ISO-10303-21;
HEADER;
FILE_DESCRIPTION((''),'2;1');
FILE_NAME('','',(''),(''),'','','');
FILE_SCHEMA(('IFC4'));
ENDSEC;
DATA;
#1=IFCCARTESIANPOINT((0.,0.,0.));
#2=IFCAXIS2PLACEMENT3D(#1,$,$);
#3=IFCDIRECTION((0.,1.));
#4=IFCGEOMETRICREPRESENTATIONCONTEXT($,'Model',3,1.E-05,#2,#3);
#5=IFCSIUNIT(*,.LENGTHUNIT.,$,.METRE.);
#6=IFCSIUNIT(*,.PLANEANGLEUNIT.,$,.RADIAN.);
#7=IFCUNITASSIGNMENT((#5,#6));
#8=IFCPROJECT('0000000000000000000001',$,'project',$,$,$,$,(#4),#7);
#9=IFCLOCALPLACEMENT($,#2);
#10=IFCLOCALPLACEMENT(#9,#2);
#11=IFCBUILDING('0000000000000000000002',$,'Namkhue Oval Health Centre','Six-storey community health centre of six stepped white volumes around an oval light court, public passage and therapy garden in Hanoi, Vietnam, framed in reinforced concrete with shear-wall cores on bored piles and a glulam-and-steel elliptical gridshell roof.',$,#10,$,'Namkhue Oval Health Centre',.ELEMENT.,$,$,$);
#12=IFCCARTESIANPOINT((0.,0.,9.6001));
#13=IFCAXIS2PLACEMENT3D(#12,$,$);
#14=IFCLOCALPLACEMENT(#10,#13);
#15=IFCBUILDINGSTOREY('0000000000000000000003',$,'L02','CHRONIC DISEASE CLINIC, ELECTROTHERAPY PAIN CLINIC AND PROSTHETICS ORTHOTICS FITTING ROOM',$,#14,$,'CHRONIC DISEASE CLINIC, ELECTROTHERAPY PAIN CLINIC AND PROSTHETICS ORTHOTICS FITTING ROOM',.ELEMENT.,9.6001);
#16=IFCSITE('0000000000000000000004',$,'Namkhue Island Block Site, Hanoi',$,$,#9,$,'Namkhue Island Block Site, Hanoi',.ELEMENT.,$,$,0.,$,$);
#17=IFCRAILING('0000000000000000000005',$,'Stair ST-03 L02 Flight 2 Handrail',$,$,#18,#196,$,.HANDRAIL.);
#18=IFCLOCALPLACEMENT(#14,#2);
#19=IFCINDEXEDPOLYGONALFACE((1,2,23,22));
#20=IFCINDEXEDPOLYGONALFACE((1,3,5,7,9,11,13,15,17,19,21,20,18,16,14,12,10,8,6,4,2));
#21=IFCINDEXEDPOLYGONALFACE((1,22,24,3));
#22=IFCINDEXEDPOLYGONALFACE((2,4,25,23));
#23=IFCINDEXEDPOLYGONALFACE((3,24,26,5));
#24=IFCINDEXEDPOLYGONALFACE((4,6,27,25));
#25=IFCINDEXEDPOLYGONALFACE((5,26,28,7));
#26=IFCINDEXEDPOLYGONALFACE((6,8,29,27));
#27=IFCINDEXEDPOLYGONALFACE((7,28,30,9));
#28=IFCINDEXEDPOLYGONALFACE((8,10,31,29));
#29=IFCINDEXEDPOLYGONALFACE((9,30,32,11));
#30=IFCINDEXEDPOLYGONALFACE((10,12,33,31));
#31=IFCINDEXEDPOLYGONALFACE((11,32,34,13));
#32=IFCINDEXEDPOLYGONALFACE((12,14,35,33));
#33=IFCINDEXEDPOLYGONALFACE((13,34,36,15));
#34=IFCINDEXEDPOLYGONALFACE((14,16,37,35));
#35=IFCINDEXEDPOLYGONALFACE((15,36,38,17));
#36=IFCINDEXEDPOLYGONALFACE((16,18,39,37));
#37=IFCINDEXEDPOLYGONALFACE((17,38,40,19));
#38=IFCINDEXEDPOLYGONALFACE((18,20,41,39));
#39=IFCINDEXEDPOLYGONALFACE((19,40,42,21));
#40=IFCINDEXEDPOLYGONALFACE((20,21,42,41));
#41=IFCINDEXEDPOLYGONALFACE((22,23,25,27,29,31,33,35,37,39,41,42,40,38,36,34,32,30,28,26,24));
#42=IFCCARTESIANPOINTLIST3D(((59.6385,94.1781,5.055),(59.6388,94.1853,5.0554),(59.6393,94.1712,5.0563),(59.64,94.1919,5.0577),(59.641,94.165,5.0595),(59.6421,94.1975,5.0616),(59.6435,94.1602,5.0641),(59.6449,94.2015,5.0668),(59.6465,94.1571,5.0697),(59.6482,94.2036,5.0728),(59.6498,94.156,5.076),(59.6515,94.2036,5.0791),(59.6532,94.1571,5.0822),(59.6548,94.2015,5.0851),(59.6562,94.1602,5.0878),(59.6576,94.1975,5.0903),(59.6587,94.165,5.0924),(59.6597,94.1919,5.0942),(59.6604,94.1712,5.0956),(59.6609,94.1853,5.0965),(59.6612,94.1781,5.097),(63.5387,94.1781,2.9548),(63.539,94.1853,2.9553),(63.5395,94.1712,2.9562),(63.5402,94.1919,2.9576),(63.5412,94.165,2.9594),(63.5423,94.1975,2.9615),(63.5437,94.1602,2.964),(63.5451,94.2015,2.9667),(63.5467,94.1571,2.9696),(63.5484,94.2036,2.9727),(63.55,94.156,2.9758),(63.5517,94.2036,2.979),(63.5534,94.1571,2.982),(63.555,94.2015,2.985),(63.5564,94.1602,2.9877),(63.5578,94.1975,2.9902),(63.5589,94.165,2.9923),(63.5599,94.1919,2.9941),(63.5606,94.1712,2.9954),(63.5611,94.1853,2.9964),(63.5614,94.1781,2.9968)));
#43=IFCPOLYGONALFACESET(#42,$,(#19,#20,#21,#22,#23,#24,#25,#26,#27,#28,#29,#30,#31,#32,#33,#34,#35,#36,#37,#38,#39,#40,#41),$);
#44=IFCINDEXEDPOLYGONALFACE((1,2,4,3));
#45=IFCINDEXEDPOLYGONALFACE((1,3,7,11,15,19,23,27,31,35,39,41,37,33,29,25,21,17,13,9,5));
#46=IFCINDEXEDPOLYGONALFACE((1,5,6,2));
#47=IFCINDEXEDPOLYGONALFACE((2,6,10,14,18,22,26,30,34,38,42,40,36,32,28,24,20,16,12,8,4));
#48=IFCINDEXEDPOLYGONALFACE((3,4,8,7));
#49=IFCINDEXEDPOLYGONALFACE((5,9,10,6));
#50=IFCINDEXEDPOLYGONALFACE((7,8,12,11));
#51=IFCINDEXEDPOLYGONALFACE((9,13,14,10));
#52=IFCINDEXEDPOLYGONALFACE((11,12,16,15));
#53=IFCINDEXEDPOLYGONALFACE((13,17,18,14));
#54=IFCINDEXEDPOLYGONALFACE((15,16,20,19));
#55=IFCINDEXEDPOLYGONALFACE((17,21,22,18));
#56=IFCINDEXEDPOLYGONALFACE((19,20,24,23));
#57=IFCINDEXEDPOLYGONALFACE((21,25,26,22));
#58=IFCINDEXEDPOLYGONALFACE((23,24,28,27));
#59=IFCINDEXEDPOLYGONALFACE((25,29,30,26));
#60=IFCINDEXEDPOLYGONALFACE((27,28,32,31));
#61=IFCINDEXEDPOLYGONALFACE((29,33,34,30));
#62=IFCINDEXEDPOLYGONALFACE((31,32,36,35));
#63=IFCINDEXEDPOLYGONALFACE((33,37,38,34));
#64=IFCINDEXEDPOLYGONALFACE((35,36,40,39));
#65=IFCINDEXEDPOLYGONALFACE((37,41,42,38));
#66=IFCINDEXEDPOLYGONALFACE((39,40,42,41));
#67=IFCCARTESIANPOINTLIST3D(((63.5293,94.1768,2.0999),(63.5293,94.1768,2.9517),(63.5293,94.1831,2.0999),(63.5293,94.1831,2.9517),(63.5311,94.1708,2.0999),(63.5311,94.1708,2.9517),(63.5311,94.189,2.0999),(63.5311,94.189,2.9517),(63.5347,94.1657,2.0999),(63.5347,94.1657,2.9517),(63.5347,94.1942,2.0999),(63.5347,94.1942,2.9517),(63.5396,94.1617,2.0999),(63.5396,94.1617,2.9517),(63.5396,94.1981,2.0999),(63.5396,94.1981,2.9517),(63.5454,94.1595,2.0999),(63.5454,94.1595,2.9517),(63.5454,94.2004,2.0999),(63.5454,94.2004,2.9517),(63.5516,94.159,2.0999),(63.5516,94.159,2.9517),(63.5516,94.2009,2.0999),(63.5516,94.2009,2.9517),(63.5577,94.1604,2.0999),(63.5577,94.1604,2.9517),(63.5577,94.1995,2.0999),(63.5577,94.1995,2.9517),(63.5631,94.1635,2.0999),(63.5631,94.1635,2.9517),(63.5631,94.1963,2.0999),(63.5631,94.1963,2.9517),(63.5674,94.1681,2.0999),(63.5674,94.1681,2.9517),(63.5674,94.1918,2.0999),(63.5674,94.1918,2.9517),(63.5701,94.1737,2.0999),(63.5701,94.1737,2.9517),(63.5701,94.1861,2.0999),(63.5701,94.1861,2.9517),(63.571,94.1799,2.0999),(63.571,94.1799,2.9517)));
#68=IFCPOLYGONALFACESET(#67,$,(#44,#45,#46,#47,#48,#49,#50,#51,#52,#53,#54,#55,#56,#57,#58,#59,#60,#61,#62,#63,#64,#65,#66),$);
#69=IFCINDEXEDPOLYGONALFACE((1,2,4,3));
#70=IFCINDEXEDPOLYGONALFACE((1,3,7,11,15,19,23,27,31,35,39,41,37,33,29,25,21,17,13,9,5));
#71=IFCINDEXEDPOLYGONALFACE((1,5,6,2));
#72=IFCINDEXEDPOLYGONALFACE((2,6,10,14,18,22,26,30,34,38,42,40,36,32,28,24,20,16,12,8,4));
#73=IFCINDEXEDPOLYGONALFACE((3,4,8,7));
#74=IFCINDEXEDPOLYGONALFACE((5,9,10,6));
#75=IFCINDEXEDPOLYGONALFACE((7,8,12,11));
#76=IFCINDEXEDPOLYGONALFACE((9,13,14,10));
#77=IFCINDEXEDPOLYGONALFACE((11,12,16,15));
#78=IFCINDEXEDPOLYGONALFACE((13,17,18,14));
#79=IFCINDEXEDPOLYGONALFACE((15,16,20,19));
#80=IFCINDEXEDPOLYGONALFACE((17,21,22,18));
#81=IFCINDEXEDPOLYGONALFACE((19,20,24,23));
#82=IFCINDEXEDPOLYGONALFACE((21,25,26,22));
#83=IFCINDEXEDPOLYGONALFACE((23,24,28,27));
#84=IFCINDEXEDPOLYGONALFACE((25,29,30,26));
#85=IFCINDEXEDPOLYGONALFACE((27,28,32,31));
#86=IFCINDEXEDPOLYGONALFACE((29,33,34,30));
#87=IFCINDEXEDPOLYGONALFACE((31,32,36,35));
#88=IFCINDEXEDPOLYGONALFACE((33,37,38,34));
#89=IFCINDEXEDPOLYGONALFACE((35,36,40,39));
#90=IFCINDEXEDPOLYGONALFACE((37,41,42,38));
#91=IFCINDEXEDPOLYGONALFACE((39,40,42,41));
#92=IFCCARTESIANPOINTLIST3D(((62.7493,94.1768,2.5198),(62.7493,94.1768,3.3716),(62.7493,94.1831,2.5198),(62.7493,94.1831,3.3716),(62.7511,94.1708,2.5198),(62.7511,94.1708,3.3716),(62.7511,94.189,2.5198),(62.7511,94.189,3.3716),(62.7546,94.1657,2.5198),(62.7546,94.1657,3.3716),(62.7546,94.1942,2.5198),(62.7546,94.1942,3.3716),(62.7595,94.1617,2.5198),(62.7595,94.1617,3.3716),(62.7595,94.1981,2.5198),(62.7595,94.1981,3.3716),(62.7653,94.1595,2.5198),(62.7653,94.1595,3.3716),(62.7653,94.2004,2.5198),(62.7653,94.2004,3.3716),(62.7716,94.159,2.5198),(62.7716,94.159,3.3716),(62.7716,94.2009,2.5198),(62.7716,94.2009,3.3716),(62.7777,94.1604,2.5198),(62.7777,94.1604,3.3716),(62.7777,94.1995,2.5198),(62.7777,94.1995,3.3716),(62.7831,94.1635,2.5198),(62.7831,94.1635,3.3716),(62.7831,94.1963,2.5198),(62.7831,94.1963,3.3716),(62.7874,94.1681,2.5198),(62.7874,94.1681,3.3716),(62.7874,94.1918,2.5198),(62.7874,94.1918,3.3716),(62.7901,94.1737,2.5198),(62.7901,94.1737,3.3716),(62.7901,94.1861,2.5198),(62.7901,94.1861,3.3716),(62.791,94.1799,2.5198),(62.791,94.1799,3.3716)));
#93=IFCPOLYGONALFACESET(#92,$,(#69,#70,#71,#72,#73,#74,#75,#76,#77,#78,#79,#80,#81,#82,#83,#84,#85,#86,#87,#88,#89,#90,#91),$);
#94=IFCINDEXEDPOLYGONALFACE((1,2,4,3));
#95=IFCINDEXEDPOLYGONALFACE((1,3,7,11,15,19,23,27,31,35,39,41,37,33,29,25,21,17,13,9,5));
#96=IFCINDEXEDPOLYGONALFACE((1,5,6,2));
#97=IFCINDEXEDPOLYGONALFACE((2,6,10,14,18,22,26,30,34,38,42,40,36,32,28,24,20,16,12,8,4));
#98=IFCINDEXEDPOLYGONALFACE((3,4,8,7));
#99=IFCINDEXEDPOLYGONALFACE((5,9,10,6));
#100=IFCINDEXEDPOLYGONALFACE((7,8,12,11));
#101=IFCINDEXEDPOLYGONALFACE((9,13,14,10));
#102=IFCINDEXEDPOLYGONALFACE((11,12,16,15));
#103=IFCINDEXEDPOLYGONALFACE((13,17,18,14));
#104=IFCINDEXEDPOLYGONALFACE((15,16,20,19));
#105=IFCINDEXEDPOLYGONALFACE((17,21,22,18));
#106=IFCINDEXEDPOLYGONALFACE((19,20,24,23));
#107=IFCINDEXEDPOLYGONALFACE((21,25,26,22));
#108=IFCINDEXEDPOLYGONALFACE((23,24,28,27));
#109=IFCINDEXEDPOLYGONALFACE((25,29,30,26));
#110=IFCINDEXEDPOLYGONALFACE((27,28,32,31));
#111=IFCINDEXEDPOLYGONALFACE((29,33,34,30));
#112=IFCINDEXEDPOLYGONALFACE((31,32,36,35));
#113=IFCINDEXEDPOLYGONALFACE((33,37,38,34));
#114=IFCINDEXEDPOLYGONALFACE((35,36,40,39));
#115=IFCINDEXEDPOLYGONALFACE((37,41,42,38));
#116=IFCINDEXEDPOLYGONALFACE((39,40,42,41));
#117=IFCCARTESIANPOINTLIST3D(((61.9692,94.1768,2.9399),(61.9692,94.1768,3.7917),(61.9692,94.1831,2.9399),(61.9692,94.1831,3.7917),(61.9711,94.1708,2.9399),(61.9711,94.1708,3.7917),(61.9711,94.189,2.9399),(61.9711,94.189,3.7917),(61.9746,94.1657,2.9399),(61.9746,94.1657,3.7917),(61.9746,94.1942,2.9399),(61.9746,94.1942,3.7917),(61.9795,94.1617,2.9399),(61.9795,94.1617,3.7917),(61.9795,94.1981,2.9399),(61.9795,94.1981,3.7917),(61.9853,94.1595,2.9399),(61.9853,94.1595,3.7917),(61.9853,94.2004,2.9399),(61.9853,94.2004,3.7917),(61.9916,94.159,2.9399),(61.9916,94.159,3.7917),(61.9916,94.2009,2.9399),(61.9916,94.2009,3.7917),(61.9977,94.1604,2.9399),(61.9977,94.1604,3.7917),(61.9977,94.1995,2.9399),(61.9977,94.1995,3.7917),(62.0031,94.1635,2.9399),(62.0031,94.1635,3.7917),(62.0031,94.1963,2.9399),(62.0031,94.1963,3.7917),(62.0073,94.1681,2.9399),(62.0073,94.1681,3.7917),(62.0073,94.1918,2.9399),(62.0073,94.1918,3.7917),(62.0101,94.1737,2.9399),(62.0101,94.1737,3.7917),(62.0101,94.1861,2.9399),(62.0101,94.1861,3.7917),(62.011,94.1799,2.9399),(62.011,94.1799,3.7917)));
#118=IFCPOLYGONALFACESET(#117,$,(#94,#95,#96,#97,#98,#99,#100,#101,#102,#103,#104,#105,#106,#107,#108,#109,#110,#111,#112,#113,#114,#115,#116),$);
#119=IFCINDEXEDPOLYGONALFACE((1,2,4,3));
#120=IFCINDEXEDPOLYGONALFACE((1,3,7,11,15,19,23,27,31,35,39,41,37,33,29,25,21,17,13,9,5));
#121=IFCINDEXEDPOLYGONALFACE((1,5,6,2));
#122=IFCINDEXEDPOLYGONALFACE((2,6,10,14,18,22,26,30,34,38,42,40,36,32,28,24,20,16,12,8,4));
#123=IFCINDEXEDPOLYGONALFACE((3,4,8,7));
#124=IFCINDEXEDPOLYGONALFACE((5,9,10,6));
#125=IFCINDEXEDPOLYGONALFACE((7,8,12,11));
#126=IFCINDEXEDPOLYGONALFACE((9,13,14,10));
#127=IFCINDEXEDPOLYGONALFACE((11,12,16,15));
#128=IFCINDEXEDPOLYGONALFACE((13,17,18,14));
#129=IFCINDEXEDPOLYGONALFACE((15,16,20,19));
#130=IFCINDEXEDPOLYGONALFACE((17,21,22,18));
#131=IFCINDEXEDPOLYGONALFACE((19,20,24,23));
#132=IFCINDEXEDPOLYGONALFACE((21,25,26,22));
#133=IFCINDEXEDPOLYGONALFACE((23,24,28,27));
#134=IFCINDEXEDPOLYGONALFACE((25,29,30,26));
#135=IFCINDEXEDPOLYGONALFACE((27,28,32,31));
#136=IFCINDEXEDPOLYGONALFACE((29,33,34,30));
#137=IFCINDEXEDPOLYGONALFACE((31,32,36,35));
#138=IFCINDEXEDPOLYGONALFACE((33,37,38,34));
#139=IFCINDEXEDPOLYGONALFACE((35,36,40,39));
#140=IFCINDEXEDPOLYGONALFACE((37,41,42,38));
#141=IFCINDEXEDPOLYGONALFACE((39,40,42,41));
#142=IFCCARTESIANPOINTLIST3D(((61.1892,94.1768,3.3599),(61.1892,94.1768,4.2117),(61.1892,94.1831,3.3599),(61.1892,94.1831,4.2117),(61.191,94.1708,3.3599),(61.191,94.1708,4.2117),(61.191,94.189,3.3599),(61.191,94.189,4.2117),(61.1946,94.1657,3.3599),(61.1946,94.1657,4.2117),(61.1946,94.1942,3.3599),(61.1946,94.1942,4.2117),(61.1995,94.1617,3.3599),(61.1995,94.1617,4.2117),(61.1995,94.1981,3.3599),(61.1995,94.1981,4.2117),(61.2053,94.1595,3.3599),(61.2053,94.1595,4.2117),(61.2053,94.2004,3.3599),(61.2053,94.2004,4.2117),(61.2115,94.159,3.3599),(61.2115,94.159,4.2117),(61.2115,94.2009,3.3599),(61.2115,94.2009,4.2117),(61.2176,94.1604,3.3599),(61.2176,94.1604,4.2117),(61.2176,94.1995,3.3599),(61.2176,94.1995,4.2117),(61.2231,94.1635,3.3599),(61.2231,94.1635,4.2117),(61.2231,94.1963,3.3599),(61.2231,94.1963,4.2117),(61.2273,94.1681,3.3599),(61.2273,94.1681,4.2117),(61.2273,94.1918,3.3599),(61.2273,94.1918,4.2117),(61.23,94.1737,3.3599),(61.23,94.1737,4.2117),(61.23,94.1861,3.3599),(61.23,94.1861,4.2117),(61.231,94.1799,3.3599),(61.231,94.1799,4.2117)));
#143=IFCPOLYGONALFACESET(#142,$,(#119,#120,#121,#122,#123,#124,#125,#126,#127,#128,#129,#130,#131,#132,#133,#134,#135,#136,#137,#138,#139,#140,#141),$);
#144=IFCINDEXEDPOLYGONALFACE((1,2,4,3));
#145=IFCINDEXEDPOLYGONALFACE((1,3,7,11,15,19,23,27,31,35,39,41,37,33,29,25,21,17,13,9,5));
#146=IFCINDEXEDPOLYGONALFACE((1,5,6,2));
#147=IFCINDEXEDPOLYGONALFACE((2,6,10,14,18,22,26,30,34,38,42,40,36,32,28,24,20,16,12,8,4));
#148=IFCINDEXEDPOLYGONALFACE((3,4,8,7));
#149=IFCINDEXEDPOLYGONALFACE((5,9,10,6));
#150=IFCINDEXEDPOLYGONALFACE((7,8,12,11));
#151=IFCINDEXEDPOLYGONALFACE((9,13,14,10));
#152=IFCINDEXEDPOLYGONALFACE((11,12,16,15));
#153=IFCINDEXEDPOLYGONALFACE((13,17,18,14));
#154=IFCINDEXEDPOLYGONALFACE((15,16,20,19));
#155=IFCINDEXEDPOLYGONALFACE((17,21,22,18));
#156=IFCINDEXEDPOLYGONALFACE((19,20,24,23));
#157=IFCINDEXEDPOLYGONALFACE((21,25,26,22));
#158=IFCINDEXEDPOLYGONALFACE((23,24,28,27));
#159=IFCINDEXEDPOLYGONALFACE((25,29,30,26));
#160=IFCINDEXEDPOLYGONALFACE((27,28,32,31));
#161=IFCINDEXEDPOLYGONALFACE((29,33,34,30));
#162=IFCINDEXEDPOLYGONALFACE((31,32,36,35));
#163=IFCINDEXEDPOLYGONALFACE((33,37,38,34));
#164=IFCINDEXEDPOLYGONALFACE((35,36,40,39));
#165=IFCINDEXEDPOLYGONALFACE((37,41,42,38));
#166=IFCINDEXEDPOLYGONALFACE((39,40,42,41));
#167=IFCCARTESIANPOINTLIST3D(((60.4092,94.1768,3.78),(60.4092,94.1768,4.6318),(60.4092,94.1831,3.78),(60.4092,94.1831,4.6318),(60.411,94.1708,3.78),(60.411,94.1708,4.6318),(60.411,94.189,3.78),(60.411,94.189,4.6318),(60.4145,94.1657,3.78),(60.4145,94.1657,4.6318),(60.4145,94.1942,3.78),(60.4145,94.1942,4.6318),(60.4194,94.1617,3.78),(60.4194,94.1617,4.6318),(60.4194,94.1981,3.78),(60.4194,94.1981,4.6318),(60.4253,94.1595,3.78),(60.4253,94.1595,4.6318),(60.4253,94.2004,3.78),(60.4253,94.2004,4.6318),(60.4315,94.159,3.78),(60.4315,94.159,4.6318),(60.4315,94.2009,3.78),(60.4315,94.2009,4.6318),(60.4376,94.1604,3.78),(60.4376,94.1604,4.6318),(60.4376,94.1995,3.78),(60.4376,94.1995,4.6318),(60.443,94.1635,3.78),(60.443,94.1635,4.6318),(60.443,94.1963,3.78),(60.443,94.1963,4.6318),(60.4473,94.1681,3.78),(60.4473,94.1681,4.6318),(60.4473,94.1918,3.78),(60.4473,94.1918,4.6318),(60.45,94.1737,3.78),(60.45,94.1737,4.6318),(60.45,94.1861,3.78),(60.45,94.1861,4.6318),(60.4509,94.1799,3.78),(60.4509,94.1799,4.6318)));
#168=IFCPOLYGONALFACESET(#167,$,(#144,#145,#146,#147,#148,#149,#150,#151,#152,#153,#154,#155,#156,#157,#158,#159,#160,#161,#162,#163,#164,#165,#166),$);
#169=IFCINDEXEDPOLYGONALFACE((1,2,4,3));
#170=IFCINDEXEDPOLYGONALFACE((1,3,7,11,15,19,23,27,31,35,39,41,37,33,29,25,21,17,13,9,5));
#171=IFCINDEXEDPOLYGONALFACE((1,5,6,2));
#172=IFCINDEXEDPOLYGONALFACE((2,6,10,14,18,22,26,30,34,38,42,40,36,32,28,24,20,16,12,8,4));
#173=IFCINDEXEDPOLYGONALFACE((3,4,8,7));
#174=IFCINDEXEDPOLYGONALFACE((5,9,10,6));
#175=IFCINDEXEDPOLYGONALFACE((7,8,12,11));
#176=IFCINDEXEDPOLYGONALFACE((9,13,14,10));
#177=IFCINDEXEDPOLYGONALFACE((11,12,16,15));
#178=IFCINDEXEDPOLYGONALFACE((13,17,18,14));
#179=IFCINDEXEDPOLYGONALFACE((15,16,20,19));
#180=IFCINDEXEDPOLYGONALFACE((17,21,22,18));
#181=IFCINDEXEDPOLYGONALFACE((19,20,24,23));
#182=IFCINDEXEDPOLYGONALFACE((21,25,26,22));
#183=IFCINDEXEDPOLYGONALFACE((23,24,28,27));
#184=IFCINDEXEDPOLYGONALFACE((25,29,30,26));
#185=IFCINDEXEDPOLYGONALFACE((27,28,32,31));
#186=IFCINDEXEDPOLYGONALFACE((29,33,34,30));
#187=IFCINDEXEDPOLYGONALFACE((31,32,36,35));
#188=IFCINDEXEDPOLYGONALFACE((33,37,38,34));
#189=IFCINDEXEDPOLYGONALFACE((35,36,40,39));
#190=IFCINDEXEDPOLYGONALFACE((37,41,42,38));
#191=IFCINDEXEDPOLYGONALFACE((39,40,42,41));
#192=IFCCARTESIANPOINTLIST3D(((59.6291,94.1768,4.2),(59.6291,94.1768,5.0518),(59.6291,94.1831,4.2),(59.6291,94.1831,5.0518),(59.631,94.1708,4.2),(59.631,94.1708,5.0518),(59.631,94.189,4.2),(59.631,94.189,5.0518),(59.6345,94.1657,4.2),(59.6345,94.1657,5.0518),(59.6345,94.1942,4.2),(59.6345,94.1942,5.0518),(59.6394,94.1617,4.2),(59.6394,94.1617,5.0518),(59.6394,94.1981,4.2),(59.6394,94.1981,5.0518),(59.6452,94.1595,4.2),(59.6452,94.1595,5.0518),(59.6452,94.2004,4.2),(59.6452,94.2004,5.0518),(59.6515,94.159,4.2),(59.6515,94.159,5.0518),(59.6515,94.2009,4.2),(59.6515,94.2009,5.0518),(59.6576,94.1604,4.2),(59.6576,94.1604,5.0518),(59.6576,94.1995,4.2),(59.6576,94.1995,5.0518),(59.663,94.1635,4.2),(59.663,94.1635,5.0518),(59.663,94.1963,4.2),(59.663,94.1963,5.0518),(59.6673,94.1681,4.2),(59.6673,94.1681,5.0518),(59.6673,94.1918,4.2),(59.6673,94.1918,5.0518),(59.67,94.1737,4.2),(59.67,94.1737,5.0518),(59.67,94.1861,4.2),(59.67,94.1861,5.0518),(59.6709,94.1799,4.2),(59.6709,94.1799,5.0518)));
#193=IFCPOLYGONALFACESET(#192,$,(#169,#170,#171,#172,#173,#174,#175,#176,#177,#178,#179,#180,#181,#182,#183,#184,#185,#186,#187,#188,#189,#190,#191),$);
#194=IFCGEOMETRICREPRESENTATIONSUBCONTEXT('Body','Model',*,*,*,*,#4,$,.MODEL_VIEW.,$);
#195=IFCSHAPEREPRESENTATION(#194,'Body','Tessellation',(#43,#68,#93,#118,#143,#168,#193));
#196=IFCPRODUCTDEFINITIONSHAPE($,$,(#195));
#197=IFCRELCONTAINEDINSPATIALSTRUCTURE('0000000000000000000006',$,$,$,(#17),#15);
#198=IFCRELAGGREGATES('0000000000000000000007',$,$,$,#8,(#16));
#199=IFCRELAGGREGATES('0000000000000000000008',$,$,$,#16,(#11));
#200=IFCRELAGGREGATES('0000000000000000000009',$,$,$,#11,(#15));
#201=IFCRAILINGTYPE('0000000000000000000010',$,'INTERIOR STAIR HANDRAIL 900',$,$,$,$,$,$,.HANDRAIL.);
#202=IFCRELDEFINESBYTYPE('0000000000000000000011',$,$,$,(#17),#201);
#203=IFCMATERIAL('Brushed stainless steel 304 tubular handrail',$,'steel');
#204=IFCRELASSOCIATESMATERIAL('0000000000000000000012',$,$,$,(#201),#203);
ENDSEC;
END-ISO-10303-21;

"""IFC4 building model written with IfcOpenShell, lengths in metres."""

from ifc_helpers import new_model, si_unit, direction, frame, origin, origin_2d, place, context, subcontext, project, spatial, circle, extrude, material, type_object, element, save


model = new_model("IFC4")

# Units and contexts
model_context = context("Model", 3, precision=1e-05, world=origin(), true_north=direction((0.0, 1.0)))
body_context = subcontext(model_context, "Body", "Model", "MODEL_VIEW")
ifc_project = project(units=[si_unit("LENGTHUNIT", "METRE"), si_unit("PLANEANGLEUNIT", "RADIAN")], contexts=[model_context])

# Site, building, storey
site_placement = place(None, origin())
site = spatial("IfcSite", under=ifc_project, at=site_placement, Name="Namkhue Island Block Site, Hanoi", LongName="Namkhue Island Block Site, Hanoi", CompositionType="ELEMENT", RefElevation=0.0)
building_placement = place(site_placement, origin())
building = spatial("IfcBuilding", under=site, at=building_placement, Name="Namkhue Oval Health Centre", Description="Six-storey community health centre of six stepped white volumes around an oval light court, public passage and therapy garden in Hanoi, Vietnam, framed in reinforced concrete with shear-wall cores on bored piles and a glulam-and-steel elliptical gridshell roof.", LongName="Namkhue Oval Health Centre", CompositionType="ELEMENT")
storey_placement = place(building_placement, frame((0.0, 0.0, 9.6001)))
storey = spatial("IfcBuildingStorey", under=building, at=storey_placement, Name="L02", Description="CHRONIC DISEASE CLINIC, ELECTROTHERAPY PAIN CLINIC AND PROSTHETICS ORTHOTICS FITTING ROOM", LongName="CHRONIC DISEASE CLINIC, ELECTROTHERAPY PAIN CLINIC AND PROSTHETICS ORTHOTICS FITTING ROOM", CompositionType="ELEMENT", Elevation=9.6001)

# Railing
ifc_material_1 = material(Name="Brushed stainless steel 304 tubular handrail", Category="steel")
railing_type_1 = type_object("IfcRailingType", Name="INTERIOR STAIR HANDRAIL 900", PredefinedType="HANDRAIL", material=ifc_material_1)
railing_1_placement = place(storey_placement, frame((63.55, 94.1799, 2.0999)))
element("IfcRailing", 1, at=railing_1_placement, inside=storey, type_object=railing_type_1, Name="Stair ST-03 L02 Flight 2 Handrail", PredefinedType="HANDRAIL", context=body_context, shape_type="SweptSolid", body=[
    extrude(circle(Radius=0.0239, at=origin_2d()), frame((0.0, 0.0, 0.876), z_axis=(-0.880469, 0.0, 0.474103), x_axis=(0.0, -1.0, 0.0)), (0.0, 0.0, 1.0), 4.4297),
    extrude(circle(Radius=0.021, at=origin_2d()), origin(), (0.0, 0.0, 1.0), 0.8518),
    extrude(circle(Radius=0.021, at=origin_2d()), frame((-0.78, 0.0, 0.4199)), (0.0, 0.0, 1.0), 0.8518),
    extrude(circle(Radius=0.021, at=origin_2d()), frame((-1.5601, 0.0, 0.8401)), (0.0, 0.0, 1.0), 0.8518),
    extrude(circle(Radius=0.021, at=origin_2d()), frame((-2.3401, 0.0, 1.26)), (0.0, 0.0, 1.0), 0.8518),
    extrude(circle(Radius=0.021, at=origin_2d()), frame((-3.1201, 0.0, 1.6802)), (0.0, 0.0, 1.0), 0.8518),
    extrude(circle(Radius=0.021, at=origin_2d()), frame((-3.9001, 0.0, 2.1001)), (0.0, 0.0, 1.0), 0.8518),
])

save(model, "model.ifc")
